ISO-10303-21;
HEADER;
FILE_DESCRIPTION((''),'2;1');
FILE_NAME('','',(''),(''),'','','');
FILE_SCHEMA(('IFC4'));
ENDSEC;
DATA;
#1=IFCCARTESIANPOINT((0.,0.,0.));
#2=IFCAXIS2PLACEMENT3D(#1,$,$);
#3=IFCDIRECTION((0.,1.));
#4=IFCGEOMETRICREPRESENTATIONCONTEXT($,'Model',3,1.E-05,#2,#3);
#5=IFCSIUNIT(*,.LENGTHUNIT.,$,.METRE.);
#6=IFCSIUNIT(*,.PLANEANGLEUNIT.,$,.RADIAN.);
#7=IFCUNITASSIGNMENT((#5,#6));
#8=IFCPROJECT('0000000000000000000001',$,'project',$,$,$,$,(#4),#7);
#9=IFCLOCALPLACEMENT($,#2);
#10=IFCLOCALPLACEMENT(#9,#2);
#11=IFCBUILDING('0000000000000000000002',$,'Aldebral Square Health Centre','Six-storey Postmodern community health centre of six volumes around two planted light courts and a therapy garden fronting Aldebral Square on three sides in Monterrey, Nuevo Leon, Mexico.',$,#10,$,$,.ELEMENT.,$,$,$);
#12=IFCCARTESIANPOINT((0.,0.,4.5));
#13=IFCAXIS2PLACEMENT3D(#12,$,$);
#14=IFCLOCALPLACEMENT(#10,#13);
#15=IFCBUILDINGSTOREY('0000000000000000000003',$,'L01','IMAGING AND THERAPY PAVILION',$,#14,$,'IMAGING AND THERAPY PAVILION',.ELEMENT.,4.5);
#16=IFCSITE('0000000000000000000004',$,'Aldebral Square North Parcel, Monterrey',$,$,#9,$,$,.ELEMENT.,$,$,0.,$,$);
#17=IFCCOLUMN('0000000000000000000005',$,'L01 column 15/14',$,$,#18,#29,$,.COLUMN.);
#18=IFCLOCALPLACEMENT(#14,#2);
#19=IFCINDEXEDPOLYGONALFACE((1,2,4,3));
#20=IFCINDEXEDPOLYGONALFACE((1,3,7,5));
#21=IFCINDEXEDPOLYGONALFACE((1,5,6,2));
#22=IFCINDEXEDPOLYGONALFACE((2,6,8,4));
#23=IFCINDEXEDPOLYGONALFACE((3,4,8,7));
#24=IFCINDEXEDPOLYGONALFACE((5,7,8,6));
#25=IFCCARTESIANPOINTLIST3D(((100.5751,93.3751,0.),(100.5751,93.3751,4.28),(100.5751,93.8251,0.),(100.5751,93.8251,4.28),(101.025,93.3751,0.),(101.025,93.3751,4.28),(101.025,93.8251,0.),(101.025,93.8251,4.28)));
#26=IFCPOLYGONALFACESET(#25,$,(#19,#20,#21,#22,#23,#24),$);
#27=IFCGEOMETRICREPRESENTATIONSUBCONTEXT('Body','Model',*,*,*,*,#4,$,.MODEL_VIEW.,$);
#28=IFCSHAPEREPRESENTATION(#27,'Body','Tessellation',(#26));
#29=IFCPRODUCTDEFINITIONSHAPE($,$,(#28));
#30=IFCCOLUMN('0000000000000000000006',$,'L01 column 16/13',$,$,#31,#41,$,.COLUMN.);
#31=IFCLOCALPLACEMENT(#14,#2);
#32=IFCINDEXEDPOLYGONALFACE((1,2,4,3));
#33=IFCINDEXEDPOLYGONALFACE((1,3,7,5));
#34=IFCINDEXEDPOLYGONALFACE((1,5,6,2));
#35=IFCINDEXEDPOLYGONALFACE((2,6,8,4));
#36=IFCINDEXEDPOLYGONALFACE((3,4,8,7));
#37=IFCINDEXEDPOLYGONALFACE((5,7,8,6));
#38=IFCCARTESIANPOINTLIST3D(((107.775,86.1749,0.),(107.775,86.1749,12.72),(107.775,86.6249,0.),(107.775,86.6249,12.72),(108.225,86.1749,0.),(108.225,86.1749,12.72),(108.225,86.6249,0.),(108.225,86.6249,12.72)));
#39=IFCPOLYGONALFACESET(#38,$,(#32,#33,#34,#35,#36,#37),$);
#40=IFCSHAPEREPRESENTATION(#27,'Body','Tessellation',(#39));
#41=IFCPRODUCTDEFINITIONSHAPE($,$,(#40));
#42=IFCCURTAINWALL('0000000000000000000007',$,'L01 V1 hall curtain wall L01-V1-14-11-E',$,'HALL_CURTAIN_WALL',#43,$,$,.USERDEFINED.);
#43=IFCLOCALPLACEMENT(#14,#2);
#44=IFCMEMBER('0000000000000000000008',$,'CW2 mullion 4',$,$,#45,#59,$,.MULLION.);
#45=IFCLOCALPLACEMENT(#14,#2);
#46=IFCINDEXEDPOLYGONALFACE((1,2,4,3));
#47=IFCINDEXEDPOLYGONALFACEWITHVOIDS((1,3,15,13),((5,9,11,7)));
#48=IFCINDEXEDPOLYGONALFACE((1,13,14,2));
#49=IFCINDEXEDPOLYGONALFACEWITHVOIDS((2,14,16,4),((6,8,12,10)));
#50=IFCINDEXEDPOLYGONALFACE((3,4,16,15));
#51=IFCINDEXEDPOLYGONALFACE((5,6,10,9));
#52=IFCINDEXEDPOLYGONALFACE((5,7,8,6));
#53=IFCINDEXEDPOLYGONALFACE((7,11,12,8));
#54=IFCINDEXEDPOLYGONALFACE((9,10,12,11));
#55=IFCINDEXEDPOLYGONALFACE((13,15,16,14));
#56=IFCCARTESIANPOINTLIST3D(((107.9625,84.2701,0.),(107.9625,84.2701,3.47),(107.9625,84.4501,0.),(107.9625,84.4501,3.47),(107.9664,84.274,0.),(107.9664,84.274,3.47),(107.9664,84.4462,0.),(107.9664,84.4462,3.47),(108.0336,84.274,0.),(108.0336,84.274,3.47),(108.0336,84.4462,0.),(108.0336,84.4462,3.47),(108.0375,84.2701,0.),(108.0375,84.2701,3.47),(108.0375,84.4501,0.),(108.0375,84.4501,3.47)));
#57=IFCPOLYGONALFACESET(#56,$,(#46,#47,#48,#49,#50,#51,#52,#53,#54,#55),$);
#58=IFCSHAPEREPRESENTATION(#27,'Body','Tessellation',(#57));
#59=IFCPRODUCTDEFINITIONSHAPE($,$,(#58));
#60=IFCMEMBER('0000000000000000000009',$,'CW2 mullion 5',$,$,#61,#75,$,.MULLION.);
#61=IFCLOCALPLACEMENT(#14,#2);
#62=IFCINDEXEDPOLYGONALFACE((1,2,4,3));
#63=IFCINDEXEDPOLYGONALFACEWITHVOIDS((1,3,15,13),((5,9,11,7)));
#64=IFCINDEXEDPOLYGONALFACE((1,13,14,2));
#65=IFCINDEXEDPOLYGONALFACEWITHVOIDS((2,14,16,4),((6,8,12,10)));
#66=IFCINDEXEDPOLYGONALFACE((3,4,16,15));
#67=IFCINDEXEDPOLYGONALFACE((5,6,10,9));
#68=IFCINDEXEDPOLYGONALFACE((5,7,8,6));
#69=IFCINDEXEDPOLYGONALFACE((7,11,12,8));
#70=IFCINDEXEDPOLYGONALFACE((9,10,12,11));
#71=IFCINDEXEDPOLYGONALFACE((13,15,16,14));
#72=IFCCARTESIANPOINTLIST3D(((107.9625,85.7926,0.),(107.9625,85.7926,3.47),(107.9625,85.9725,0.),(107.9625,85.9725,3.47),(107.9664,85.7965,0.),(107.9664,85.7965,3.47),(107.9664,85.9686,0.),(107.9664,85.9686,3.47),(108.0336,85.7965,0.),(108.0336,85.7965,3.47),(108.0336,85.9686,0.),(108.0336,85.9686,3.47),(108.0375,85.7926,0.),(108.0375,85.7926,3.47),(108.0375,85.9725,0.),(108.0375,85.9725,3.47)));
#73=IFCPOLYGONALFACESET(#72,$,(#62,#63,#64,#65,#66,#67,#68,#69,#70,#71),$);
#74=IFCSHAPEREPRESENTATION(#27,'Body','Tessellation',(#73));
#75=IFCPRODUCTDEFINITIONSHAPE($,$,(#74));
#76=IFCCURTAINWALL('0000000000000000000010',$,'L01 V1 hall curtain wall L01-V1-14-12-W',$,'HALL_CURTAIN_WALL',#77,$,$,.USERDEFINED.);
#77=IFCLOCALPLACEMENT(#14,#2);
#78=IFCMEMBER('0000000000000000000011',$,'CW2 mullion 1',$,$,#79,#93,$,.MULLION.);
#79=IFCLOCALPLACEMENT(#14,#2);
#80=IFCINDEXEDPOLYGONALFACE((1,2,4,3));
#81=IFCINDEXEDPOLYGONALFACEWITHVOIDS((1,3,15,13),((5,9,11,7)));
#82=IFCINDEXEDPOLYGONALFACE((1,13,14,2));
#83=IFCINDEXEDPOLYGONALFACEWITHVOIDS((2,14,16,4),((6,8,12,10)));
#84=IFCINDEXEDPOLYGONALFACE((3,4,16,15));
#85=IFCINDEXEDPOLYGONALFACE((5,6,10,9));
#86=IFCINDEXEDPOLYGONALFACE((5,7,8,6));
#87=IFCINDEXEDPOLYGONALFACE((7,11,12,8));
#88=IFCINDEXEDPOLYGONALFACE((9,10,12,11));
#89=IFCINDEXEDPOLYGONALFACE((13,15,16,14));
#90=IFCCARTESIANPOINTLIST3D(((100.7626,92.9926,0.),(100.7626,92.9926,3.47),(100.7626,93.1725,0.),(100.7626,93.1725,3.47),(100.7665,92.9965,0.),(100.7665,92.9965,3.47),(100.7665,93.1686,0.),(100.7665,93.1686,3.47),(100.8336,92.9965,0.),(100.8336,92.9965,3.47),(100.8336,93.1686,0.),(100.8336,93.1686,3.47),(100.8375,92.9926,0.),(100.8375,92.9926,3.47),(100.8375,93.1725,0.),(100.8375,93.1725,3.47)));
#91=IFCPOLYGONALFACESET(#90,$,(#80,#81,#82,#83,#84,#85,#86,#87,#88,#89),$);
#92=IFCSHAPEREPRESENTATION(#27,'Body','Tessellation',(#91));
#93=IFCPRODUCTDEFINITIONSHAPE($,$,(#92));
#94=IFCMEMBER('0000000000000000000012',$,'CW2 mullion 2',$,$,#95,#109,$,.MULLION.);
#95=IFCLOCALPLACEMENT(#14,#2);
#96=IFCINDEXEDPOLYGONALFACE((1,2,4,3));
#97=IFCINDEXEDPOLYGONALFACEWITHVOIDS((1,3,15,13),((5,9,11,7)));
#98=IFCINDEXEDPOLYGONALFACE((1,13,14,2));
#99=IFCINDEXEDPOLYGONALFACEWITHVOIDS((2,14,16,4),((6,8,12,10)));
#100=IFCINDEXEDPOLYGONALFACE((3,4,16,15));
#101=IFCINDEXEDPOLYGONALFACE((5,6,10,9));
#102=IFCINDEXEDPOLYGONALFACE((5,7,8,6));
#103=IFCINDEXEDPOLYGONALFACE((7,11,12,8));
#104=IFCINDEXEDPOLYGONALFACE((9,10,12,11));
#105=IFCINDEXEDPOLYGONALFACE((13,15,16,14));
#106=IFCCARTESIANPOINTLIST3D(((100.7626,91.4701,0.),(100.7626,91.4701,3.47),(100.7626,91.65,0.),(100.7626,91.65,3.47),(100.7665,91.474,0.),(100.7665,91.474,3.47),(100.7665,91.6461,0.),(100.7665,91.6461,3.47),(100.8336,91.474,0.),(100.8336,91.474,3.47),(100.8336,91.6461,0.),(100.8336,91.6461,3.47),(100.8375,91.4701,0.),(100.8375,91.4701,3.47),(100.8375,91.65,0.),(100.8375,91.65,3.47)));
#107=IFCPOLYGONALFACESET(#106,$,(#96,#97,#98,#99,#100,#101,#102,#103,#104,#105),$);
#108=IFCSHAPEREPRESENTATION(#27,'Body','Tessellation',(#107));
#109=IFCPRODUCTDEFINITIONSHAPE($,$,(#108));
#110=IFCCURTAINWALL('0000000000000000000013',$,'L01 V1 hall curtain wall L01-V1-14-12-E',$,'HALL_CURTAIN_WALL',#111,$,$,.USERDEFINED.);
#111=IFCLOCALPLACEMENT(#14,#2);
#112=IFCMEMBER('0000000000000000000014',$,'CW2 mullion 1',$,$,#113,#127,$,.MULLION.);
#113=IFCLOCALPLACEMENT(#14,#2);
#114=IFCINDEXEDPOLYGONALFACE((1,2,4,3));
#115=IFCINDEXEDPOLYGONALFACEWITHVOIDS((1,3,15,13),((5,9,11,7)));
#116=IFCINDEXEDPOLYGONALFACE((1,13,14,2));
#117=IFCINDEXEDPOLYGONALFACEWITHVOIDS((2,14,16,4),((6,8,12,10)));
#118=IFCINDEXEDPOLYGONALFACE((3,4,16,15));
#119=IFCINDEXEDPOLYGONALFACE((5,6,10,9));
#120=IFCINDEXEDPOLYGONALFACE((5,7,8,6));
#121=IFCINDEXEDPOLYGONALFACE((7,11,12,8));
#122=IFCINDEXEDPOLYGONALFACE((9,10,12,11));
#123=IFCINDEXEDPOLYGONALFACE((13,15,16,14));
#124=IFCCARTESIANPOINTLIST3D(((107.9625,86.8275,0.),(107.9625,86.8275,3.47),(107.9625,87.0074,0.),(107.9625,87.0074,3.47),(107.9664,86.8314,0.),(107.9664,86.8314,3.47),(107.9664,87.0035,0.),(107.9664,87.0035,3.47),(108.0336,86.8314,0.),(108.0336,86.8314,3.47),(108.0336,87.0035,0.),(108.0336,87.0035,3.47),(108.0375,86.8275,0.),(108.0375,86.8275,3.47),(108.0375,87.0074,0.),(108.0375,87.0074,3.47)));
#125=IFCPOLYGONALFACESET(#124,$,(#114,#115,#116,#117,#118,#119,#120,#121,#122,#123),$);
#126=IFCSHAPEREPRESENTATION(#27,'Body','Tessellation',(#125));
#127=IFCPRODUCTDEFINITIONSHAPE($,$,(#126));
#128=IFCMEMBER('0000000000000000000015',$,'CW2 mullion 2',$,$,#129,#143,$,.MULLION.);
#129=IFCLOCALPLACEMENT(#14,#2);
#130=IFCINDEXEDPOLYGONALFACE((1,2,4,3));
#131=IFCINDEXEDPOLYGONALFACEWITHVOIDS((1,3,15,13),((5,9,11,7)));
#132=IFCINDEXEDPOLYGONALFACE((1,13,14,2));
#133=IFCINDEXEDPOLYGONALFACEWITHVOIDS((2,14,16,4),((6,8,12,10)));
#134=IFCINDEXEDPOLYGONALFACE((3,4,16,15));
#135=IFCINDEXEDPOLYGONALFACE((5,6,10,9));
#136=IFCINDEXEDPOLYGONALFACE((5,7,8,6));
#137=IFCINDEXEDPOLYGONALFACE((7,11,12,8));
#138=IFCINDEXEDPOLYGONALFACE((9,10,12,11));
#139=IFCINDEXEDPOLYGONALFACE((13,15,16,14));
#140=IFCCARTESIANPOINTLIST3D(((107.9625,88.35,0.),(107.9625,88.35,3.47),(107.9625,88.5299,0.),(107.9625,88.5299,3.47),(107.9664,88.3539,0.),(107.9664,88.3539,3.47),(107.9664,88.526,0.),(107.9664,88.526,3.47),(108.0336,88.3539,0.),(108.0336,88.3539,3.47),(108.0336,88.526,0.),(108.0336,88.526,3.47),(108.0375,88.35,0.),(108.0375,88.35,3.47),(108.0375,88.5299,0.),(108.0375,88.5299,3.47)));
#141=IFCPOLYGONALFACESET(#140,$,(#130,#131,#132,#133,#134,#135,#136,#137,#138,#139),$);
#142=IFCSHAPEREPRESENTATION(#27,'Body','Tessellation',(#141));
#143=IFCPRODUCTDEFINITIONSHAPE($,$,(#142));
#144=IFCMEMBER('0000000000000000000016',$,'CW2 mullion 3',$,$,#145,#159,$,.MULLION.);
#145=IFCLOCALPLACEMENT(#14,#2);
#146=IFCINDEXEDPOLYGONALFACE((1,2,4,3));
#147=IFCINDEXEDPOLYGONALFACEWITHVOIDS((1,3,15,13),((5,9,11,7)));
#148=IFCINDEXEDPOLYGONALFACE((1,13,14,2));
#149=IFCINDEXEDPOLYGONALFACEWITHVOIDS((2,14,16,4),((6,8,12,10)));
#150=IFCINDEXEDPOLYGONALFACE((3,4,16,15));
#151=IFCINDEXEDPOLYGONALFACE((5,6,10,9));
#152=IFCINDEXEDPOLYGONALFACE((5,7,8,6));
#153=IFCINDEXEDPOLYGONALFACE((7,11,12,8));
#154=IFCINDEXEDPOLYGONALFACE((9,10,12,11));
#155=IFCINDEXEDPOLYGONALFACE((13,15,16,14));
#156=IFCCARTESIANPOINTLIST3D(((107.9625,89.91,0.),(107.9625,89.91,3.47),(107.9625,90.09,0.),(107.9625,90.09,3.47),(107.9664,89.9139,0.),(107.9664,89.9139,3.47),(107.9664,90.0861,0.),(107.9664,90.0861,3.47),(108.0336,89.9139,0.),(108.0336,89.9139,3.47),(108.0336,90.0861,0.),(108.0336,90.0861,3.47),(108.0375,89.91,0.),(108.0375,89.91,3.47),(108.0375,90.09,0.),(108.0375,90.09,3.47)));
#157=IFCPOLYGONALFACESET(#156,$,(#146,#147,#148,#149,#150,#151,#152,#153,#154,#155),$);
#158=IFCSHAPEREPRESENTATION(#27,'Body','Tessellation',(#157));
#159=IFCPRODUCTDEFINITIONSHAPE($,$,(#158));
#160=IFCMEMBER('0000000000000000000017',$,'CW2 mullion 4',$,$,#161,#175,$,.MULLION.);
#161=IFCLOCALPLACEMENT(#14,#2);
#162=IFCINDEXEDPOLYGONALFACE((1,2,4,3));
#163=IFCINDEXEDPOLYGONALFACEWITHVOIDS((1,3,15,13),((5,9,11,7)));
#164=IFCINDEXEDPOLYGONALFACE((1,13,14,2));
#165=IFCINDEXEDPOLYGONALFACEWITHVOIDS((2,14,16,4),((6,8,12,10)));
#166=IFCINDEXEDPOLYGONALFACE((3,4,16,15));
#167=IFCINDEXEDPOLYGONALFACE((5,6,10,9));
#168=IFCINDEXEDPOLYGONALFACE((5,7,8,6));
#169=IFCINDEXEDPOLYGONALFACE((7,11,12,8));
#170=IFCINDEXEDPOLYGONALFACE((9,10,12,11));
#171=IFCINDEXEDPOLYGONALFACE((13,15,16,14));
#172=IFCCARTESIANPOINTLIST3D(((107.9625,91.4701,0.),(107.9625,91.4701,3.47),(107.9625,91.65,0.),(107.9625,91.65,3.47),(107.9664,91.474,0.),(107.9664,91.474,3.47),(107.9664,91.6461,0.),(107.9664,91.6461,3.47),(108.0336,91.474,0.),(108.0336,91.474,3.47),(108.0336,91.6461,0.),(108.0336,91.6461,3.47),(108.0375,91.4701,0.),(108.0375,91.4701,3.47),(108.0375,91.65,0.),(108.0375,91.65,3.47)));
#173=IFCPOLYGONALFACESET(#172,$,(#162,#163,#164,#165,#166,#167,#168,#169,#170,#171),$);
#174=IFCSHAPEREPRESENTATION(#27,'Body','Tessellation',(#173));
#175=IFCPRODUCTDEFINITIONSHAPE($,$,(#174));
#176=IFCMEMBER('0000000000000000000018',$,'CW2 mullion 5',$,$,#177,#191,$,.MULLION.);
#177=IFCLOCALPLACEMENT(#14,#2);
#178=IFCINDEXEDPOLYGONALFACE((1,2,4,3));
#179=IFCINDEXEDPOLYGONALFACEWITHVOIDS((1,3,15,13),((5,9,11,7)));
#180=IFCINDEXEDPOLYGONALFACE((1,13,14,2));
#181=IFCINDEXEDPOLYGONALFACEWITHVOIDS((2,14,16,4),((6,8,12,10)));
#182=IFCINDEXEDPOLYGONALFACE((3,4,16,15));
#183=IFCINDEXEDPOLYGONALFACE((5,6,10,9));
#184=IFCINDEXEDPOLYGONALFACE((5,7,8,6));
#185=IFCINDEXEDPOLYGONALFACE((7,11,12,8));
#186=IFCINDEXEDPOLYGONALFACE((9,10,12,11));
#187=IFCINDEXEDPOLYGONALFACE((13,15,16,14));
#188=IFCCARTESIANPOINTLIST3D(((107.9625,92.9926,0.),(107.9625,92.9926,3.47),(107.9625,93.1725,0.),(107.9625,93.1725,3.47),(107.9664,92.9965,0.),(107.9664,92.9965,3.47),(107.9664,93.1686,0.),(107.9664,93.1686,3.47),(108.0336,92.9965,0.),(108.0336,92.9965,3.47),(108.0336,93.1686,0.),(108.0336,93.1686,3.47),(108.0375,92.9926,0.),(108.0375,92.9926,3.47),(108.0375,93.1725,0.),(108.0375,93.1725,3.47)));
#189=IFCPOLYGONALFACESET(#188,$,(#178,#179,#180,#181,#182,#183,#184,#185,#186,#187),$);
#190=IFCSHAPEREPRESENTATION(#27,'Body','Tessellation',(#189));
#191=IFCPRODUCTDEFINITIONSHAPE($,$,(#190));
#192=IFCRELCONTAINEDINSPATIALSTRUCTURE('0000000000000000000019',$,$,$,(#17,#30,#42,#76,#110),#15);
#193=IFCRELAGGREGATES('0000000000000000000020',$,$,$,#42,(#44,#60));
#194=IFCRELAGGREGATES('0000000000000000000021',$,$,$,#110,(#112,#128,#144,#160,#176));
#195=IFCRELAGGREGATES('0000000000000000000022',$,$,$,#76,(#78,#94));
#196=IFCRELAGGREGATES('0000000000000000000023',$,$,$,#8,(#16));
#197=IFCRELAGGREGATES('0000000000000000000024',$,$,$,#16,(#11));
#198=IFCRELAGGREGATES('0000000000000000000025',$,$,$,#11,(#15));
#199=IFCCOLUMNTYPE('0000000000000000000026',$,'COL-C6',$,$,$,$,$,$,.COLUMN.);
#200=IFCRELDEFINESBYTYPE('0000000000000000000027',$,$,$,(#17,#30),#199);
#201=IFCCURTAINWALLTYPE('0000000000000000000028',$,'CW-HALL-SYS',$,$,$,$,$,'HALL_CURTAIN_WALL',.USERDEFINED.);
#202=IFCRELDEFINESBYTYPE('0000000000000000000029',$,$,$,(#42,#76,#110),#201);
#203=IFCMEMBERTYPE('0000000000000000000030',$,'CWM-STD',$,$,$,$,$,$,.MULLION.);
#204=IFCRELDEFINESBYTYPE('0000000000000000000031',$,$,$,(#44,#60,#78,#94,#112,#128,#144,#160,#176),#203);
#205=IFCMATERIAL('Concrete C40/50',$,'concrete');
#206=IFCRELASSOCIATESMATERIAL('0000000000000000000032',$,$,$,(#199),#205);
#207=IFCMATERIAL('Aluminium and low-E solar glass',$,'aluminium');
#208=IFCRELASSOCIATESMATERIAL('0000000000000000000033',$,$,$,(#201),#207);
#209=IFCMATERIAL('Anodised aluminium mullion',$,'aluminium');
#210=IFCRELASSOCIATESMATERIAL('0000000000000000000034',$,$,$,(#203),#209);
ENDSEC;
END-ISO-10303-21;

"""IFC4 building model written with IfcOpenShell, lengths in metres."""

from ifc_helpers import new_model, si_unit, direction, frame, origin, origin_2d, place, context, subcontext, project, spatial, rectangle, hollow_rectangle, extrude, material, material_profile, profile_set, type_object, element, aggregate, save


model = new_model("IFC4")

# Units and contexts
model_context = context("Model", 3, precision=1e-05, world=origin(), true_north=direction((0.0, 1.0)))
body_context = subcontext(model_context, "Body", "Model", "MODEL_VIEW")
ifc_project = project(units=[si_unit("LENGTHUNIT", "METRE"), si_unit("PLANEANGLEUNIT", "RADIAN")], contexts=[model_context])

# Site, building, storey
site_placement = place(None, origin())
site = spatial("IfcSite", under=ifc_project, at=site_placement, Name="Aldebral Square North Parcel, Monterrey", CompositionType="ELEMENT", RefElevation=0.0)
building_placement = place(site_placement, origin())
building = spatial("IfcBuilding", under=site, at=building_placement, Name="Aldebral Square Health Centre", Description="Six-storey Postmodern community health centre of six volumes around two planted light courts and a therapy garden fronting Aldebral Square on three sides in Monterrey, Nuevo Leon, Mexico.", CompositionType="ELEMENT")
storey_placement = place(building_placement, frame((0.0, 0.0, 4.5)))
storey = spatial("IfcBuildingStorey", under=building, at=storey_placement, Name="L01", Description="IMAGING AND THERAPY PAVILION", LongName="IMAGING AND THERAPY PAVILION", CompositionType="ELEMENT", Elevation=4.5)

# Columns
ifc_material_1 = material(Name="Concrete C40/50", Category="concrete")
ifc_material_profile_1 = material_profile(ifc_material_1, rectangle(XDim=0.45, YDim=0.45, at=origin_2d()), Name="RC 450x450")
ifc_profile_set_1 = profile_set([ifc_material_profile_1], Name="Concrete C40/50")
column_type = type_object("IfcColumnType", Name="COL-C6", PredefinedType="COLUMN", material=ifc_profile_set_1)
column_1_placement = place(storey_placement, frame((100.8, 93.6001, 0.0), z_axis=(0.0, 0.0, 1.0), x_axis=(1.0, 0.0, 0.0)))
element("IfcColumn", 1, at=column_1_placement, inside=storey, type_object=column_type, Name="L01 column 15/14", PredefinedType="COLUMN", context=body_context, shape_type="SweptSolid", body=[
    extrude(rectangle(XDim=0.45, YDim=0.45, at=origin_2d()), origin(), (0.0, 0.0, 1.0), 4.28),
])
column_2_placement = place(storey_placement, frame((108.0, 86.3999, 0.0), z_axis=(0.0, 0.0, 1.0), x_axis=(1.0, 0.0, 0.0)))
element("IfcColumn", 2, at=column_2_placement, inside=storey, type_object=column_type, Name="L01 column 16/13", PredefinedType="COLUMN", context=body_context, shape_type="SweptSolid", body=[
    extrude(rectangle(XDim=0.45, YDim=0.45, at=origin_2d()), origin(), (0.0, 0.0, 1.0), 12.72),
])

# Curtain walls, members
ifc_material_2 = material(Name="Aluminium and low-E solar glass", Category="aluminium")
curtain_wall_type = type_object("IfcCurtainWallType", Name="CW-HALL-SYS", ElementType="HALL_CURTAIN_WALL", PredefinedType="USERDEFINED", material=ifc_material_2)
curtain_wall_1_placement = place(storey_placement, origin())
curtain_wall_1 = element("IfcCurtainWall", 3, at=curtain_wall_1_placement, inside=storey, type_object=curtain_wall_type, Name="L01 V1 hall curtain wall L01-V1-14-11-E", ObjectType="HALL_CURTAIN_WALL", PredefinedType="USERDEFINED")
ifc_material_3 = material(Name="Anodised aluminium mullion", Category="aluminium")
ifc_material_profile_2 = material_profile(ifc_material_3, hollow_rectangle(XDim=0.075, YDim=0.1799, WallThickness=0.0039, at=origin_2d()), Name="CWM 75x180x4")
ifc_profile_set_2 = profile_set([ifc_material_profile_2], Name="Anodised aluminium mullion")
member_type_1 = type_object("IfcMemberType", Name="CWM-STD", PredefinedType="MULLION", material=ifc_profile_set_2)
member_1_placement = place(storey_placement, frame((108.0, 84.3601, 0.0), z_axis=(0.0, 0.0, 1.0), x_axis=(-1.0, 0.0, 0.0)))
member_1 = element("IfcMember", 4, at=member_1_placement, type_object=member_type_1, Name="CW2 mullion 4", PredefinedType="MULLION", context=body_context, shape_type="SweptSolid", body=[
    extrude(hollow_rectangle(XDim=0.075, YDim=0.1799, WallThickness=0.0039, at=origin_2d()), origin(), (0.0, 0.0, 1.0), 3.47),
])
member_2_placement = place(storey_placement, frame((108.0, 85.8826, 0.0), z_axis=(0.0, 0.0, 1.0), x_axis=(-1.0, 0.0, 0.0)))
member_2 = element("IfcMember", 5, at=member_2_placement, type_object=member_type_1, Name="CW2 mullion 5", PredefinedType="MULLION", context=body_context, shape_type="SweptSolid", body=[
    extrude(hollow_rectangle(XDim=0.075, YDim=0.1799, WallThickness=0.0039, at=origin_2d()), origin(), (0.0, 0.0, 1.0), 3.47),
])
aggregate(curtain_wall_1, [member_1, member_2])
curtain_wall_2_placement = place(storey_placement, origin())
curtain_wall_2 = element("IfcCurtainWall", 6, at=curtain_wall_2_placement, inside=storey, type_object=curtain_wall_type, Name="L01 V1 hall curtain wall L01-V1-14-12-W", ObjectType="HALL_CURTAIN_WALL", PredefinedType="USERDEFINED")
member_3_placement = place(storey_placement, frame((100.8, 93.0825, 0.0), z_axis=(0.0, 0.0, 1.0), x_axis=(1.0, 0.0, 0.0)))
member_3 = element("IfcMember", 7, at=member_3_placement, type_object=member_type_1, Name="CW2 mullion 1", PredefinedType="MULLION", context=body_context, shape_type="SweptSolid", body=[
    extrude(hollow_rectangle(XDim=0.075, YDim=0.1799, WallThickness=0.0039, at=origin_2d()), origin(), (0.0, 0.0, 1.0), 3.47),
])
member_4_placement = place(storey_placement, frame((100.8, 91.5601, 0.0), z_axis=(0.0, 0.0, 1.0), x_axis=(1.0, 0.0, 0.0)))
member_4 = element("IfcMember", 8, at=member_4_placement, type_object=member_type_1, Name="CW2 mullion 2", PredefinedType="MULLION", context=body_context, shape_type="SweptSolid", body=[
    extrude(hollow_rectangle(XDim=0.075, YDim=0.1799, WallThickness=0.0039, at=origin_2d()), origin(), (0.0, 0.0, 1.0), 3.47),
])
curtain_wall_3_placement = place(storey_placement, origin())
curtain_wall_3 = element("IfcCurtainWall", 9, at=curtain_wall_3_placement, inside=storey, type_object=curtain_wall_type, Name="L01 V1 hall curtain wall L01-V1-14-12-E", ObjectType="HALL_CURTAIN_WALL", PredefinedType="USERDEFINED")
member_5_placement = place(storey_placement, frame((108.0, 86.9175, 0.0), z_axis=(0.0, 0.0, 1.0), x_axis=(-1.0, 0.0, 0.0)))
member_5 = element("IfcMember", 10, at=member_5_placement, type_object=member_type_1, Name="CW2 mullion 1", PredefinedType="MULLION", context=body_context, shape_type="SweptSolid", body=[
    extrude(hollow_rectangle(XDim=0.075, YDim=0.1799, WallThickness=0.0039, at=origin_2d()), origin(), (0.0, 0.0, 1.0), 3.47),
])
member_6_placement = place(storey_placement, frame((108.0, 88.4399, 0.0), z_axis=(0.0, 0.0, 1.0), x_axis=(-1.0, 0.0, 0.0)))
member_6 = element("IfcMember", 11, at=member_6_placement, type_object=member_type_1, Name="CW2 mullion 2", PredefinedType="MULLION", context=body_context, shape_type="SweptSolid", body=[
    extrude(hollow_rectangle(XDim=0.075, YDim=0.1799, WallThickness=0.0039, at=origin_2d()), origin(), (0.0, 0.0, 1.0), 3.47),
])
member_7_placement = place(storey_placement, frame((108.0, 90.0, 0.0), z_axis=(0.0, 0.0, 1.0), x_axis=(-1.0, 0.0, 0.0)))
member_7 = element("IfcMember", 12, at=member_7_placement, type_object=member_type_1, Name="CW2 mullion 3", PredefinedType="MULLION", context=body_context, shape_type="SweptSolid", body=[
    extrude(hollow_rectangle(XDim=0.075, YDim=0.1799, WallThickness=0.0039, at=origin_2d()), origin(), (0.0, 0.0, 1.0), 3.47),
])
member_8_placement = place(storey_placement, frame((108.0, 91.5601, 0.0), z_axis=(0.0, 0.0, 1.0), x_axis=(-1.0, 0.0, 0.0)))
member_8 = element("IfcMember", 13, at=member_8_placement, type_object=member_type_1, Name="CW2 mullion 4", PredefinedType="MULLION", context=body_context, shape_type="SweptSolid", body=[
    extrude(hollow_rectangle(XDim=0.075, YDim=0.1799, WallThickness=0.0039, at=origin_2d()), origin(), (0.0, 0.0, 1.0), 3.47),
])
member_9_placement = place(storey_placement, frame((108.0, 93.0825, 0.0), z_axis=(0.0, 0.0, 1.0), x_axis=(-1.0, 0.0, 0.0)))
member_9 = element("IfcMember", 14, at=member_9_placement, type_object=member_type_1, Name="CW2 mullion 5", PredefinedType="MULLION", context=body_context, shape_type="SweptSolid", body=[
    extrude(hollow_rectangle(XDim=0.075, YDim=0.1799, WallThickness=0.0039, at=origin_2d()), origin(), (0.0, 0.0, 1.0), 3.47),
])
aggregate(curtain_wall_3, [member_5, member_6, member_7, member_8, member_9])

aggregate(curtain_wall_2, [member_3, member_4])

save(model, "model.ifc")
